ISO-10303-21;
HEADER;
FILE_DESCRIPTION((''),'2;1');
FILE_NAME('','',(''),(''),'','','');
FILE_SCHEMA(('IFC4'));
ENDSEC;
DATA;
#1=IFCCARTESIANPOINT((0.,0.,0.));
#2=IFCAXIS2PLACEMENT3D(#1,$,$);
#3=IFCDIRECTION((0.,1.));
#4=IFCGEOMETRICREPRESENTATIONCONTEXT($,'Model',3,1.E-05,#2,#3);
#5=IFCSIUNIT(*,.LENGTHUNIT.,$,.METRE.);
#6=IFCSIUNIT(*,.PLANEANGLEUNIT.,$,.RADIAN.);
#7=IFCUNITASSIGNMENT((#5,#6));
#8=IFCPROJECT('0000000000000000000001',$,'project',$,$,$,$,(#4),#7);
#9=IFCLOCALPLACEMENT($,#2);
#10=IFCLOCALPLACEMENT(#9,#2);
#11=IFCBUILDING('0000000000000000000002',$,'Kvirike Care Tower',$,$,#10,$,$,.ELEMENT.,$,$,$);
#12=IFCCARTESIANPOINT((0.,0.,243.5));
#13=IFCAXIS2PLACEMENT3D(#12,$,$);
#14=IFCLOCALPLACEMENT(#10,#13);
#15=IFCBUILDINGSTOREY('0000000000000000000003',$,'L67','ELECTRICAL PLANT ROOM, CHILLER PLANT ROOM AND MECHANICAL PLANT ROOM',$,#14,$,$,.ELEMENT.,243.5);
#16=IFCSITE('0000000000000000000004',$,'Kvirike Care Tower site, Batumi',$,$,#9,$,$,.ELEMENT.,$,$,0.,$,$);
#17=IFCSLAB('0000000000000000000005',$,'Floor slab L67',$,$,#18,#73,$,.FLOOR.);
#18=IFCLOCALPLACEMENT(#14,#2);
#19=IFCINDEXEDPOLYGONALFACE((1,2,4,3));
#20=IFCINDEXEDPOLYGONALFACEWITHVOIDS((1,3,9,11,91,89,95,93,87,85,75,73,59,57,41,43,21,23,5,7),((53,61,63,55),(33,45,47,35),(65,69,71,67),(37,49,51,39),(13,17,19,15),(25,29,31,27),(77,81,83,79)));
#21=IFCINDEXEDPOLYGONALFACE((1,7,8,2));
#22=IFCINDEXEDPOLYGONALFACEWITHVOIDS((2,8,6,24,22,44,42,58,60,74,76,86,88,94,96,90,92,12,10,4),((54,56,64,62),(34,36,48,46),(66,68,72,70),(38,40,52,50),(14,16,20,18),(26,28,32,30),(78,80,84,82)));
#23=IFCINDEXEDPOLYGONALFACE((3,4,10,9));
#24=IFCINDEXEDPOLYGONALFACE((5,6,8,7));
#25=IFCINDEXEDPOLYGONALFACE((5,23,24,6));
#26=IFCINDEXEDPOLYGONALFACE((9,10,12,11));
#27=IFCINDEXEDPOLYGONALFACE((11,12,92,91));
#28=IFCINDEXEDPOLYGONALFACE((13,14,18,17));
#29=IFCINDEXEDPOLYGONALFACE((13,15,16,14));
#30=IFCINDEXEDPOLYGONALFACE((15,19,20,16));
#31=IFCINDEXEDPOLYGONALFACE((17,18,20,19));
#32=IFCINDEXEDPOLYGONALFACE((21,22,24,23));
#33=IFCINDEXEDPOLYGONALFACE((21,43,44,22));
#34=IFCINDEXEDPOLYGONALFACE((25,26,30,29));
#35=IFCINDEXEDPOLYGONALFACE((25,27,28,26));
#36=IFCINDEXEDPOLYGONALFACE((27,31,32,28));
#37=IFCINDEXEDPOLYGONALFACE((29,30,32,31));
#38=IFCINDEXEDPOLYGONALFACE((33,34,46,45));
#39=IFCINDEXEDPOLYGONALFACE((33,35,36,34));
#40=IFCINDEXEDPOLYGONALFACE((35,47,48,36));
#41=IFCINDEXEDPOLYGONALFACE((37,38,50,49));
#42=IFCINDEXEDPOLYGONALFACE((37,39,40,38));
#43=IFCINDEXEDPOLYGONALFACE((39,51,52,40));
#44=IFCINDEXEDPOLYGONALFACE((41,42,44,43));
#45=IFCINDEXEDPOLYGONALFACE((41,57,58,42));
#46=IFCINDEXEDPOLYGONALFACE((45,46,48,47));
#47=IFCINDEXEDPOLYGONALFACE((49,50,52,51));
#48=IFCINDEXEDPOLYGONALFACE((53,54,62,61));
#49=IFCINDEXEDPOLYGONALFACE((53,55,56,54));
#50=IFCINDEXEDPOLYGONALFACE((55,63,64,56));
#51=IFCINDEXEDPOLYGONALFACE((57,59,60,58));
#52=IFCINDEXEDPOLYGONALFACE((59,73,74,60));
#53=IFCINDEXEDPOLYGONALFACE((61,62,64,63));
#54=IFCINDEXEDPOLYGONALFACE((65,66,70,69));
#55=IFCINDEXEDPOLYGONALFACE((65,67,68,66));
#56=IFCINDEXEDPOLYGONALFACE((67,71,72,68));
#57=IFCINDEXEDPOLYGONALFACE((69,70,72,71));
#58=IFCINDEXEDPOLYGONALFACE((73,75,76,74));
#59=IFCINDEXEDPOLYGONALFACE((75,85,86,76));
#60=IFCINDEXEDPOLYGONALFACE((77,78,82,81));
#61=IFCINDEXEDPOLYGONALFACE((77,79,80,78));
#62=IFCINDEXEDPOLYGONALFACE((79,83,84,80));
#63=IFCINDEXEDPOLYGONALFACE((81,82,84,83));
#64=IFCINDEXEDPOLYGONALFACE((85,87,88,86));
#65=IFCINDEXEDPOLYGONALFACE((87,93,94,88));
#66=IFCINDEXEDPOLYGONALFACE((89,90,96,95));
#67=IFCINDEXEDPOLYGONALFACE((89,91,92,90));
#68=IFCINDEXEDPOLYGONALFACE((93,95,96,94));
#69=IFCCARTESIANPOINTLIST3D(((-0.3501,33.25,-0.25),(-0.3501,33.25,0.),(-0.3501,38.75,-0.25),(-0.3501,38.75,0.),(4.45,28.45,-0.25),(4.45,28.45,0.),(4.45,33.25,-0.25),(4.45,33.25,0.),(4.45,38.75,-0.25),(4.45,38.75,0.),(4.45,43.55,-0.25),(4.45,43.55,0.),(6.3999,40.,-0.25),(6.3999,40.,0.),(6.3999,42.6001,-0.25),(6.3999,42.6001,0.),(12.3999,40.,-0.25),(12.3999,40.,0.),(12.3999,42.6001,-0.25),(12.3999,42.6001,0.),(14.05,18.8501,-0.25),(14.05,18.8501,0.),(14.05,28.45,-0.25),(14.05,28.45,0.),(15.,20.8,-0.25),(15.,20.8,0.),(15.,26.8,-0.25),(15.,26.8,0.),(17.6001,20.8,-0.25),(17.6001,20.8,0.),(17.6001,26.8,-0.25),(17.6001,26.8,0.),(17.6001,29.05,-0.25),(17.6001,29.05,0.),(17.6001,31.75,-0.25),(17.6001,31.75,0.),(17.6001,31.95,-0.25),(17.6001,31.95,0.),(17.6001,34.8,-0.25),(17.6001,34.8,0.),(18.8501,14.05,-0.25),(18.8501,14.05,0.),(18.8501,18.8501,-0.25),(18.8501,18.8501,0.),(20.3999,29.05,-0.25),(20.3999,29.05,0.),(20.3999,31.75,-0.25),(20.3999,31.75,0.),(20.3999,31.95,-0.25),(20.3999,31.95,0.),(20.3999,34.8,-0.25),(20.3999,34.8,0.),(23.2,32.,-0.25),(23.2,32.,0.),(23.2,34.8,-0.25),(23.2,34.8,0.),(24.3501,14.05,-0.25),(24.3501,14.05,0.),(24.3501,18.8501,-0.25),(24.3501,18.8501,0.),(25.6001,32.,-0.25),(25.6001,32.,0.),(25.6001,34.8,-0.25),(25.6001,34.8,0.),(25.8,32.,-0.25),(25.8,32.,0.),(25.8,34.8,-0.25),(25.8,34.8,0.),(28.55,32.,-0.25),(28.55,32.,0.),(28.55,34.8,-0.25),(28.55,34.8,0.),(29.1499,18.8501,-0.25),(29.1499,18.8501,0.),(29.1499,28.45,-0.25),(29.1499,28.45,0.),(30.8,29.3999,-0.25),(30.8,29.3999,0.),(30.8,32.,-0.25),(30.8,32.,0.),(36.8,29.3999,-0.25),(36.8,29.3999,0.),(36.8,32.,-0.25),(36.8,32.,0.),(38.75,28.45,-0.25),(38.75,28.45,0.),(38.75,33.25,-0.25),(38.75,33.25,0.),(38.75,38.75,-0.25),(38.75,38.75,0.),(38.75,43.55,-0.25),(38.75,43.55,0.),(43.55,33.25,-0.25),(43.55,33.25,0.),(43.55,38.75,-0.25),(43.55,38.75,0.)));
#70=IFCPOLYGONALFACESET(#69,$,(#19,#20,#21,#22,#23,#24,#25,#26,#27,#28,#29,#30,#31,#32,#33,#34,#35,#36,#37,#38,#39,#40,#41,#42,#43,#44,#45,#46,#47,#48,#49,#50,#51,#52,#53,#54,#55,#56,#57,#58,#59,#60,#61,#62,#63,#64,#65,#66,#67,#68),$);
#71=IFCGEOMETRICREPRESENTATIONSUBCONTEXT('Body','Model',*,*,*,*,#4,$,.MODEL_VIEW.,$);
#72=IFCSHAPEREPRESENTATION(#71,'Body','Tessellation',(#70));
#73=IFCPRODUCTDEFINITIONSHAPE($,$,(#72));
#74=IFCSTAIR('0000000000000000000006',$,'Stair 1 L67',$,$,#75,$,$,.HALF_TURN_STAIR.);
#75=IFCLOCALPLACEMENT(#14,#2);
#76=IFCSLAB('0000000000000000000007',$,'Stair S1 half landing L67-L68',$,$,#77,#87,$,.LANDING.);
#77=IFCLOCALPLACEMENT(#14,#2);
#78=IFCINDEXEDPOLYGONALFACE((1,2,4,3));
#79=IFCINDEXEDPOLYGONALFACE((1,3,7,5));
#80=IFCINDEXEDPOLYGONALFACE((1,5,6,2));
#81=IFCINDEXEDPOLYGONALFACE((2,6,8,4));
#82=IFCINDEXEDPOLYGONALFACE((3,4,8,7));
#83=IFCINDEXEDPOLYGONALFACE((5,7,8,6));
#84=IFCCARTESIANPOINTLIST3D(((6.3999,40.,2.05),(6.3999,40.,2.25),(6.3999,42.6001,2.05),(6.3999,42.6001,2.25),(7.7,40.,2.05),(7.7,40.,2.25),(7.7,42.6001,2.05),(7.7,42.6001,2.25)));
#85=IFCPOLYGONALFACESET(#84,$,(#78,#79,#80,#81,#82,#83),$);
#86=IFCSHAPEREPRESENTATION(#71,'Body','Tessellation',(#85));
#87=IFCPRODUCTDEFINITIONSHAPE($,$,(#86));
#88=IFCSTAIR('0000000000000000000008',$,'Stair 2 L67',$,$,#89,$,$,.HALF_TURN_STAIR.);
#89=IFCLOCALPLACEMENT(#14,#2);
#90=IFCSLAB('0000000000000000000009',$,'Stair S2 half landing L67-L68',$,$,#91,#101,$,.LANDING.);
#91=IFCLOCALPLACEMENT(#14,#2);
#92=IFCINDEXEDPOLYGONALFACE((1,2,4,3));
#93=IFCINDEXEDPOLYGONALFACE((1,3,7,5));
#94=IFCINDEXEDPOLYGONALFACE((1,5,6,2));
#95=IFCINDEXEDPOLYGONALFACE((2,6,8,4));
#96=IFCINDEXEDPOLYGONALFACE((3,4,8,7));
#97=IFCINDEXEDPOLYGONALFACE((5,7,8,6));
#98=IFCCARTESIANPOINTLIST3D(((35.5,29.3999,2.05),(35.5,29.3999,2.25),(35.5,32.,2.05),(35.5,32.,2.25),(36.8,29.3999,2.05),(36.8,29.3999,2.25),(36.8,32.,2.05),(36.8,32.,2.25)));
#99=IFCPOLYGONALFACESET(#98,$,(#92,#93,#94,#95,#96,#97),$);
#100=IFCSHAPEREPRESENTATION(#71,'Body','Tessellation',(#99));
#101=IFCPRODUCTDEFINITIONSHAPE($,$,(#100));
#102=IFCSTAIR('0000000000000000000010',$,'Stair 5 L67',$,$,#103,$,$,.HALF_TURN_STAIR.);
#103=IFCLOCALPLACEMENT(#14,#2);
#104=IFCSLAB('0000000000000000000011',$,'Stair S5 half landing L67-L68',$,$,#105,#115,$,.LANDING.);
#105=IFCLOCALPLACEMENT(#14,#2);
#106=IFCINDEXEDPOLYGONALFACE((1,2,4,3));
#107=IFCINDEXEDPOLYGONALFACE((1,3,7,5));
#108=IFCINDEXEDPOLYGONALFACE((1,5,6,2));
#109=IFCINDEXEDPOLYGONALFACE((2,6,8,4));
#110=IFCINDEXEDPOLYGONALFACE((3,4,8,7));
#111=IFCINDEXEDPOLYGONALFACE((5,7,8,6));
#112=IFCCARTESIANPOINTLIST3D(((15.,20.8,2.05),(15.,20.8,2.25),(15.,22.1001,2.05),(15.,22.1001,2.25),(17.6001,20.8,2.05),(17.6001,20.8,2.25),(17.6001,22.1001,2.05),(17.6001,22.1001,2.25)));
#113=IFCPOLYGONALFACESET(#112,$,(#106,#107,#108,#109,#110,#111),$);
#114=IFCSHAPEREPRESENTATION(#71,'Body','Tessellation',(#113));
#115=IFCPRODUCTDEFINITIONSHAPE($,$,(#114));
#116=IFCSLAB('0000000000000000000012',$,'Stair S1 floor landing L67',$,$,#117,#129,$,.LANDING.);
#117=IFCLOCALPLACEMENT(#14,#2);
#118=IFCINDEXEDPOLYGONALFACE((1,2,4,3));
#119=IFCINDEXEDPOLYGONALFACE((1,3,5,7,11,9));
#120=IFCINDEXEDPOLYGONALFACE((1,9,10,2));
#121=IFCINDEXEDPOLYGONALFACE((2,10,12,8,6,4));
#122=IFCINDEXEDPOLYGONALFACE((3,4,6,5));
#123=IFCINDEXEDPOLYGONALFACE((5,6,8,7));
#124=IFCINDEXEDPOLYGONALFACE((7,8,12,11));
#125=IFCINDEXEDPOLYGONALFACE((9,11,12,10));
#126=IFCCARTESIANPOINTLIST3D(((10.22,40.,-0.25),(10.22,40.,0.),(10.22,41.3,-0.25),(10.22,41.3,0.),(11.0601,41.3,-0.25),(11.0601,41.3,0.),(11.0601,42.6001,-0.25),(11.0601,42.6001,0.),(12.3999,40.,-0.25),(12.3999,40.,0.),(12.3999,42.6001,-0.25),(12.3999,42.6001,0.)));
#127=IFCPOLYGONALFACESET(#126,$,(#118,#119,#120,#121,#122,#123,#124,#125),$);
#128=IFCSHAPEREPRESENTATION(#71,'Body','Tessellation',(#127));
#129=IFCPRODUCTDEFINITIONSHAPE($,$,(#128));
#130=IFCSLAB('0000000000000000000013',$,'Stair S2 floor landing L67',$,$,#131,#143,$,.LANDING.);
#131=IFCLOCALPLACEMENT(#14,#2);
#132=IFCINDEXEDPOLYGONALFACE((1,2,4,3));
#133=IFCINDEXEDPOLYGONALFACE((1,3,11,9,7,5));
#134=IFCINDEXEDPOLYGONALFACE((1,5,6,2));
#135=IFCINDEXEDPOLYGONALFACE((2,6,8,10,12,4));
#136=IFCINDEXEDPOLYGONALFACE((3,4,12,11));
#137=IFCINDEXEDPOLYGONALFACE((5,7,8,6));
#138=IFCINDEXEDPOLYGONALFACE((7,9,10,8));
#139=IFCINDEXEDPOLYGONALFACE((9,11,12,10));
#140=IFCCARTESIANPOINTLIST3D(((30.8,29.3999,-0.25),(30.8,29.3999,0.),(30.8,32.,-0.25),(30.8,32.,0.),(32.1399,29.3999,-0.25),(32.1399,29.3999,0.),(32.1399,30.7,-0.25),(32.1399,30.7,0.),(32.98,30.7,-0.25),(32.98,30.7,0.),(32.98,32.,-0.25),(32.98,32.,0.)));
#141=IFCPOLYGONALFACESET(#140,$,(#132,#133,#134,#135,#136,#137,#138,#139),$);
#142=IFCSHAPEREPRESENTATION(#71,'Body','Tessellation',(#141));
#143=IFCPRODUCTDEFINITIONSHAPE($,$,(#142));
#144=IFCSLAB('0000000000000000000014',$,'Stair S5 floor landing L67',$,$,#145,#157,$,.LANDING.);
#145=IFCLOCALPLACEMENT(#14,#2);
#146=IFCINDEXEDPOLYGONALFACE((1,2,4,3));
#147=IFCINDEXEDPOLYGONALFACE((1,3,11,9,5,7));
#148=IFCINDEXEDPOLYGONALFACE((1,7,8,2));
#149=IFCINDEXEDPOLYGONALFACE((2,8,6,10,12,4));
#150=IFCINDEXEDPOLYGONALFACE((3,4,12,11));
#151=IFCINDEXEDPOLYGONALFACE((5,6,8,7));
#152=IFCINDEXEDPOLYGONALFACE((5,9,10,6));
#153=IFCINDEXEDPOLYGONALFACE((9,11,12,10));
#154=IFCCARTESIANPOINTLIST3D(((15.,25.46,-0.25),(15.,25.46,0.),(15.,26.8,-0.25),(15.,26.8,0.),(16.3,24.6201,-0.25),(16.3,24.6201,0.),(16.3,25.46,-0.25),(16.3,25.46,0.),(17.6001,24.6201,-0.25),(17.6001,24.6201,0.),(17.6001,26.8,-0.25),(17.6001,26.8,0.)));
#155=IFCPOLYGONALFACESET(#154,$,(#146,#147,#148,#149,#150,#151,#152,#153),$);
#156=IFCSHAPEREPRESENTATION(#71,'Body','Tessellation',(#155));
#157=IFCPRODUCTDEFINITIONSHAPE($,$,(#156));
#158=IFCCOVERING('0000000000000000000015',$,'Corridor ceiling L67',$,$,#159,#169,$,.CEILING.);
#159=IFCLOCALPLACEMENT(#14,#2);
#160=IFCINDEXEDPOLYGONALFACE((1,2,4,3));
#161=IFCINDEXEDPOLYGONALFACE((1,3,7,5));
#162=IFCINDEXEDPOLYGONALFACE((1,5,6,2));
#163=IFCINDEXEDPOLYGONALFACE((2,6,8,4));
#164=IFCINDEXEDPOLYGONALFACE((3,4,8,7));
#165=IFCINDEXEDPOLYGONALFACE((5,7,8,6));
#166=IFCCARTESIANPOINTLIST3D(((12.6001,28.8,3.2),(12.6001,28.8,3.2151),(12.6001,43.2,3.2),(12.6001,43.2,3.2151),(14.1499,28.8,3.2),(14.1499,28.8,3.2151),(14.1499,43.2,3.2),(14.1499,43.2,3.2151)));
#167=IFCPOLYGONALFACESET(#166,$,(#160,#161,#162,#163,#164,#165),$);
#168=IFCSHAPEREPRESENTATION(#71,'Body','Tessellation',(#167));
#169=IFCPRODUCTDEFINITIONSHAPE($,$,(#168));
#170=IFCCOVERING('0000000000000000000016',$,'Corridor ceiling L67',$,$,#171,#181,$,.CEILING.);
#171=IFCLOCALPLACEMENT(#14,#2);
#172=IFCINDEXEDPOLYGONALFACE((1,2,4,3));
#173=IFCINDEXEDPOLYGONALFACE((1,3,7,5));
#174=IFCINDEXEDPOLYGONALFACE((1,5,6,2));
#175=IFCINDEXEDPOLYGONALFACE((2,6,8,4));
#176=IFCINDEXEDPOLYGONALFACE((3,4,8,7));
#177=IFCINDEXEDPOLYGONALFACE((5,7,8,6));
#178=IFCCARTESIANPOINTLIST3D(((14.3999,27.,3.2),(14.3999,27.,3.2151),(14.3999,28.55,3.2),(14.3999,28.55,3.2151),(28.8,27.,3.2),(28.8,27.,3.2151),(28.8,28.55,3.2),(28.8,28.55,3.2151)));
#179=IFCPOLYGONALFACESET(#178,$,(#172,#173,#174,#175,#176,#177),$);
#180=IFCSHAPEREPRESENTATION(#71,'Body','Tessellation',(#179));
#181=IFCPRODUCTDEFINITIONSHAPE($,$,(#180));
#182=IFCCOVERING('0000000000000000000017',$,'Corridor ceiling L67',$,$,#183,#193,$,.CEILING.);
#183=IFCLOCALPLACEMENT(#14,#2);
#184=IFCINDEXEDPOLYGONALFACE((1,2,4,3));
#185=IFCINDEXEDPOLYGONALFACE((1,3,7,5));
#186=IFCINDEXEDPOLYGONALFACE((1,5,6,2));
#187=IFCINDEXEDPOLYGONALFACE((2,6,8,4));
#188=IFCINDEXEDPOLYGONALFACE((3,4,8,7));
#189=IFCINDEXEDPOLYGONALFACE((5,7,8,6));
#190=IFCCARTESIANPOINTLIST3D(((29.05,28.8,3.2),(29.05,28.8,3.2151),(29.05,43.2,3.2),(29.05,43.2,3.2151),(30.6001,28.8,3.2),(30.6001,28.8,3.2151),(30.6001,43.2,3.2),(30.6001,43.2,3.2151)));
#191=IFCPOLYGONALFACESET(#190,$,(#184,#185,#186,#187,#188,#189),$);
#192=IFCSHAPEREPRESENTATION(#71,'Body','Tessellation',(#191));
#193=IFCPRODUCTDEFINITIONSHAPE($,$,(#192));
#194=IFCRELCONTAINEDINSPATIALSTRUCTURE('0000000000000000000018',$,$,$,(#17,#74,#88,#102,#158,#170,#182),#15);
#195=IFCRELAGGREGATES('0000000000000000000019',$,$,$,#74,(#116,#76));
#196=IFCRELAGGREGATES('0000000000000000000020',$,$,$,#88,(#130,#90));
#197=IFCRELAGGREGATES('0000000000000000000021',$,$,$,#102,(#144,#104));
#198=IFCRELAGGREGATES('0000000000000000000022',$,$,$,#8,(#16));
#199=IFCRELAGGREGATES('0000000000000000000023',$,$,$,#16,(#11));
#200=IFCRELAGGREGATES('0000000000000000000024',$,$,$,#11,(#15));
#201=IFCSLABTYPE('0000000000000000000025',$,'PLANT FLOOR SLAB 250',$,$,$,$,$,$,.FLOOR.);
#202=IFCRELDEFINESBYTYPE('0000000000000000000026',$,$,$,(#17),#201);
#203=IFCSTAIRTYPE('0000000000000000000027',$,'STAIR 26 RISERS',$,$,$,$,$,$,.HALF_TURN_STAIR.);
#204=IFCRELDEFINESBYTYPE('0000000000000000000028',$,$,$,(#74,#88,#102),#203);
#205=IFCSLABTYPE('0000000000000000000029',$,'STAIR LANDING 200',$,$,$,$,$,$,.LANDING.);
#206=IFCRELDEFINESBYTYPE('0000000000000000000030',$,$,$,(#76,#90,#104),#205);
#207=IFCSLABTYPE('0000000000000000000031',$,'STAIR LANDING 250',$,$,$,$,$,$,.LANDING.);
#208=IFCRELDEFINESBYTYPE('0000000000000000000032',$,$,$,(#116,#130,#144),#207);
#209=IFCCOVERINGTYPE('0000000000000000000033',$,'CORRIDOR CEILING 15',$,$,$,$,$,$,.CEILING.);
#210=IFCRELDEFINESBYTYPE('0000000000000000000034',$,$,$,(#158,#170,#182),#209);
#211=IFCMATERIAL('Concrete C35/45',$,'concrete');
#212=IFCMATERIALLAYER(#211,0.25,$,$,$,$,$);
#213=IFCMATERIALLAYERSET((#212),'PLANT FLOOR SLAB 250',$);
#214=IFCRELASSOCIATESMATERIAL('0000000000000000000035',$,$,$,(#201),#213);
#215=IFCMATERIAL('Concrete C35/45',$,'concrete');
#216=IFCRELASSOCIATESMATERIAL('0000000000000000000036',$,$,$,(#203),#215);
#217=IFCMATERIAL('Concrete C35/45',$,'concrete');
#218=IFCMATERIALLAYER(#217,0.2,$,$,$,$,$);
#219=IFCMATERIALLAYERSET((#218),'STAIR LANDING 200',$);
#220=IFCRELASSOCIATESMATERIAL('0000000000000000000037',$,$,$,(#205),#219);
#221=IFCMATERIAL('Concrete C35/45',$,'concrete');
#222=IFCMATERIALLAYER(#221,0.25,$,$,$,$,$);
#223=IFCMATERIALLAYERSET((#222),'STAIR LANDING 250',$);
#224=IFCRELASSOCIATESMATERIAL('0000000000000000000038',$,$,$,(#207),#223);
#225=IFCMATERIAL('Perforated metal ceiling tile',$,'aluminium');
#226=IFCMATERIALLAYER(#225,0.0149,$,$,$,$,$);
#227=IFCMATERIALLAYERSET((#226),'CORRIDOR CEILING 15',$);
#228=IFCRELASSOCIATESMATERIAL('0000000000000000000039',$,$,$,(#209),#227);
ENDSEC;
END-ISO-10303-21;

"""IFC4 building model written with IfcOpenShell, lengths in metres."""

from ifc_helpers import new_model, si_unit, direction, frame, origin, place, context, subcontext, project, spatial, polyline, outline, extrude, material, layer, layer_set, type_object, element, aggregate, save


model = new_model("IFC4")

# Units and contexts
model_context = context("Model", 3, precision=1e-05, world=origin(), true_north=direction((0.0, 1.0)))
body_context = subcontext(model_context, "Body", "Model", "MODEL_VIEW")
ifc_project = project(units=[si_unit("LENGTHUNIT", "METRE"), si_unit("PLANEANGLEUNIT", "RADIAN")], contexts=[model_context])

# Site, building, storey
site_placement = place(None, origin())
site = spatial("IfcSite", under=ifc_project, at=site_placement, Name="Kvirike Care Tower site, Batumi", CompositionType="ELEMENT", RefElevation=0.0)
building_placement = place(site_placement, origin())
building = spatial("IfcBuilding", under=site, at=building_placement, Name="Kvirike Care Tower", CompositionType="ELEMENT")
storey_placement = place(building_placement, frame((0.0, 0.0, 243.5)))
storey = spatial("IfcBuildingStorey", under=building, at=storey_placement, Name="L67", Description="ELECTRICAL PLANT ROOM, CHILLER PLANT ROOM AND MECHANICAL PLANT ROOM", CompositionType="ELEMENT", Elevation=243.5)

# Slab
ifc_material_1 = material(Name="Concrete C35/45", Category="concrete")
ifc_layer_1 = layer(ifc_material_1, 0.25)
ifc_layer_set_1 = layer_set([ifc_layer_1], Name="PLANT FLOOR SLAB 250")
slab_type_1 = type_object("IfcSlabType", Name="PLANT FLOOR SLAB 250", PredefinedType="FLOOR", material=ifc_layer_set_1)
slab_1_placement = place(storey_placement, frame((0.0, 0.0, -0.25)))
element("IfcSlab", 1, at=slab_1_placement, inside=storey, type_object=slab_type_1, Name="Floor slab L67", PredefinedType="FLOOR", context=body_context, shape_type="SweptSolid", body=[
    extrude(outline(polyline([(29.1499, 28.45), (38.75, 28.45), (38.75, 33.25), (43.55, 33.25), (43.55, 38.75), (38.75, 38.75), (38.75, 43.55), (4.45, 43.55), (4.45, 38.75), (-0.3501, 38.75), (-0.3501, 33.25), (4.45, 33.25), (4.45, 28.45), (14.05, 28.45), (14.05, 18.8501), (18.8501, 18.8501), (18.8501, 14.05), (24.3501, 14.05), (24.3501, 18.8501), (29.1499, 18.8501), (29.1499, 28.45)]), holes=[polyline([(17.6001, 29.05), (17.6001, 31.75), (20.3999, 31.75), (20.3999, 29.05), (17.6001, 29.05)]), polyline([(17.6001, 31.95), (17.6001, 34.8), (20.3999, 34.8), (20.3999, 31.95), (17.6001, 31.95)]), polyline([(23.2, 32.0), (23.2, 34.8), (25.6001, 34.8), (25.6001, 32.0), (23.2, 32.0)]), polyline([(25.8, 32.0), (25.8, 34.8), (28.55, 34.8), (28.55, 32.0), (25.8, 32.0)]), polyline([(12.3999, 42.6001), (12.3999, 40.0), (6.3999, 40.0), (6.3999, 42.6001), (12.3999, 42.6001)]), polyline([(30.8, 29.3999), (30.8, 32.0), (36.8, 32.0), (36.8, 29.3999), (30.8, 29.3999)]), polyline([(15.0, 26.8), (17.6001, 26.8), (17.6001, 20.8), (15.0, 20.8), (15.0, 26.8)])]), origin(), (0.0, 0.0, 1.0), 0.25),
])

# Stairs, slabs
ifc_material_2 = material(Name="Concrete C35/45", Category="concrete")
stair_type = type_object("IfcStairType", Name="STAIR 26 RISERS", PredefinedType="HALF_TURN_STAIR", material=ifc_material_2)
stair_1_placement = place(storey_placement, origin())
stair_1 = element("IfcStair", 2, at=stair_1_placement, inside=storey, type_object=stair_type, Name="Stair 1 L67", PredefinedType="HALF_TURN_STAIR")
ifc_material_3 = material(Name="Concrete C35/45", Category="concrete")
ifc_layer_2 = layer(ifc_material_3, 0.2)
ifc_layer_set_2 = layer_set([ifc_layer_2], Name="STAIR LANDING 200")
slab_type_2 = type_object("IfcSlabType", Name="STAIR LANDING 200", PredefinedType="LANDING", material=ifc_layer_set_2)
slab_2_placement = place(storey_placement, frame((0.0, 0.0, 2.05)))
slab_2 = element("IfcSlab", 3, at=slab_2_placement, type_object=slab_type_2, Name="Stair S1 half landing L67-L68", PredefinedType="LANDING", context=body_context, shape_type="SweptSolid", body=[
    extrude(outline(polyline([(6.3999, 42.6001), (6.3999, 40.0), (7.7, 40.0), (7.7, 42.6001), (6.3999, 42.6001)])), origin(), (0.0, 0.0, 1.0), 0.2),
])
stair_2_placement = place(storey_placement, origin())
stair_2 = element("IfcStair", 4, at=stair_2_placement, inside=storey, type_object=stair_type, Name="Stair 2 L67", PredefinedType="HALF_TURN_STAIR")
slab_3_placement = place(storey_placement, frame((0.0, 0.0, 2.05)))
slab_3 = element("IfcSlab", 5, at=slab_3_placement, type_object=slab_type_2, Name="Stair S2 half landing L67-L68", PredefinedType="LANDING", context=body_context, shape_type="SweptSolid", body=[
    extrude(outline(polyline([(36.8, 29.3999), (36.8, 32.0), (35.5, 32.0), (35.5, 29.3999), (36.8, 29.3999)])), origin(), (0.0, 0.0, 1.0), 0.2),
])
stair_3_placement = place(storey_placement, origin())
stair_3 = element("IfcStair", 6, at=stair_3_placement, inside=storey, type_object=stair_type, Name="Stair 5 L67", PredefinedType="HALF_TURN_STAIR")
slab_4_placement = place(storey_placement, frame((0.0, 0.0, 2.05)))
slab_4 = element("IfcSlab", 7, at=slab_4_placement, type_object=slab_type_2, Name="Stair S5 half landing L67-L68", PredefinedType="LANDING", context=body_context, shape_type="SweptSolid", body=[
    extrude(outline(polyline([(15.0, 20.8), (17.6001, 20.8), (17.6001, 22.1001), (15.0, 22.1001), (15.0, 20.8)])), origin(), (0.0, 0.0, 1.0), 0.2),
])

# Slabs
ifc_material_4 = material(Name="Concrete C35/45", Category="concrete")
ifc_layer_3 = layer(ifc_material_4, 0.25)
ifc_layer_set_3 = layer_set([ifc_layer_3], Name="STAIR LANDING 250")
slab_type_3 = type_object("IfcSlabType", Name="STAIR LANDING 250", PredefinedType="LANDING", material=ifc_layer_set_3)
slab_5_placement = place(storey_placement, frame((0.0, 0.0, -0.25)))
slab_5 = element("IfcSlab", 8, at=slab_5_placement, type_object=slab_type_3, Name="Stair S1 floor landing L67", PredefinedType="LANDING", context=body_context, shape_type="SweptSolid", body=[
    extrude(outline(polyline([(11.0601, 42.6001), (11.0601, 41.3), (10.22, 41.3), (10.22, 40.0), (12.3999, 40.0), (12.3999, 42.6001), (11.0601, 42.6001)])), origin(), (0.0, 0.0, 1.0), 0.25),
])
aggregate(stair_1, [slab_5, slab_2])
slab_6_placement = place(storey_placement, frame((0.0, 0.0, -0.25)))
slab_6 = element("IfcSlab", 9, at=slab_6_placement, type_object=slab_type_3, Name="Stair S2 floor landing L67", PredefinedType="LANDING", context=body_context, shape_type="SweptSolid", body=[
    extrude(outline(polyline([(32.1399, 29.3999), (32.1399, 30.7), (32.98, 30.7), (32.98, 32.0), (30.8, 32.0), (30.8, 29.3999), (32.1399, 29.3999)])), origin(), (0.0, 0.0, 1.0), 0.25),
])
aggregate(stair_2, [slab_6, slab_3])
slab_7_placement = place(storey_placement, frame((0.0, 0.0, -0.25)))
slab_7 = element("IfcSlab", 10, at=slab_7_placement, type_object=slab_type_3, Name="Stair S5 floor landing L67", PredefinedType="LANDING", context=body_context, shape_type="SweptSolid", body=[
    extrude(outline(polyline([(15.0, 25.46), (16.3, 25.46), (16.3, 24.6201), (17.6001, 24.6201), (17.6001, 26.8), (15.0, 26.8), (15.0, 25.46)])), origin(), (0.0, 0.0, 1.0), 0.25),
])
aggregate(stair_3, [slab_7, slab_4])

# Coverings
ifc_material_5 = material(Name="Perforated metal ceiling tile", Category="aluminium")
ifc_layer_4 = layer(ifc_material_5, 0.0149)
ifc_layer_set_4 = layer_set([ifc_layer_4], Name="CORRIDOR CEILING 15")
covering_type = type_object("IfcCoveringType", Name="CORRIDOR CEILING 15", PredefinedType="CEILING", material=ifc_layer_set_4)
covering_1_placement = place(storey_placement, frame((0.0, 0.0, 3.2)))
element("IfcCovering", 11, at=covering_1_placement, inside=storey, type_object=covering_type, Name="Corridor ceiling L67", PredefinedType="CEILING", context=body_context, shape_type="SweptSolid", body=[
    extrude(outline(polyline([(12.6001, 43.2), (14.1499, 43.2), (14.1499, 28.8), (12.6001, 28.8), (12.6001, 43.2)])), origin(), (0.0, 0.0, 1.0), 0.0151),
])
covering_2_placement = place(storey_placement, frame((0.0, 0.0, 3.2)))
element("IfcCovering", 12, at=covering_2_placement, inside=storey, type_object=covering_type, Name="Corridor ceiling L67", PredefinedType="CEILING", context=body_context, shape_type="SweptSolid", body=[
    extrude(outline(polyline([(14.3999, 27.0), (14.3999, 28.55), (28.8, 28.55), (28.8, 27.0), (14.3999, 27.0)])), origin(), (0.0, 0.0, 1.0), 0.0151),
])
covering_3_placement = place(storey_placement, frame((0.0, 0.0, 3.2)))
element("IfcCovering", 13, at=covering_3_placement, inside=storey, type_object=covering_type, Name="Corridor ceiling L67", PredefinedType="CEILING", context=body_context, shape_type="SweptSolid", body=[
    extrude(outline(polyline([(30.6001, 28.8), (29.05, 28.8), (29.05, 43.2), (30.6001, 43.2), (30.6001, 28.8)])), origin(), (0.0, 0.0, 1.0), 0.0151),
])

save(model, "model.ifc")
